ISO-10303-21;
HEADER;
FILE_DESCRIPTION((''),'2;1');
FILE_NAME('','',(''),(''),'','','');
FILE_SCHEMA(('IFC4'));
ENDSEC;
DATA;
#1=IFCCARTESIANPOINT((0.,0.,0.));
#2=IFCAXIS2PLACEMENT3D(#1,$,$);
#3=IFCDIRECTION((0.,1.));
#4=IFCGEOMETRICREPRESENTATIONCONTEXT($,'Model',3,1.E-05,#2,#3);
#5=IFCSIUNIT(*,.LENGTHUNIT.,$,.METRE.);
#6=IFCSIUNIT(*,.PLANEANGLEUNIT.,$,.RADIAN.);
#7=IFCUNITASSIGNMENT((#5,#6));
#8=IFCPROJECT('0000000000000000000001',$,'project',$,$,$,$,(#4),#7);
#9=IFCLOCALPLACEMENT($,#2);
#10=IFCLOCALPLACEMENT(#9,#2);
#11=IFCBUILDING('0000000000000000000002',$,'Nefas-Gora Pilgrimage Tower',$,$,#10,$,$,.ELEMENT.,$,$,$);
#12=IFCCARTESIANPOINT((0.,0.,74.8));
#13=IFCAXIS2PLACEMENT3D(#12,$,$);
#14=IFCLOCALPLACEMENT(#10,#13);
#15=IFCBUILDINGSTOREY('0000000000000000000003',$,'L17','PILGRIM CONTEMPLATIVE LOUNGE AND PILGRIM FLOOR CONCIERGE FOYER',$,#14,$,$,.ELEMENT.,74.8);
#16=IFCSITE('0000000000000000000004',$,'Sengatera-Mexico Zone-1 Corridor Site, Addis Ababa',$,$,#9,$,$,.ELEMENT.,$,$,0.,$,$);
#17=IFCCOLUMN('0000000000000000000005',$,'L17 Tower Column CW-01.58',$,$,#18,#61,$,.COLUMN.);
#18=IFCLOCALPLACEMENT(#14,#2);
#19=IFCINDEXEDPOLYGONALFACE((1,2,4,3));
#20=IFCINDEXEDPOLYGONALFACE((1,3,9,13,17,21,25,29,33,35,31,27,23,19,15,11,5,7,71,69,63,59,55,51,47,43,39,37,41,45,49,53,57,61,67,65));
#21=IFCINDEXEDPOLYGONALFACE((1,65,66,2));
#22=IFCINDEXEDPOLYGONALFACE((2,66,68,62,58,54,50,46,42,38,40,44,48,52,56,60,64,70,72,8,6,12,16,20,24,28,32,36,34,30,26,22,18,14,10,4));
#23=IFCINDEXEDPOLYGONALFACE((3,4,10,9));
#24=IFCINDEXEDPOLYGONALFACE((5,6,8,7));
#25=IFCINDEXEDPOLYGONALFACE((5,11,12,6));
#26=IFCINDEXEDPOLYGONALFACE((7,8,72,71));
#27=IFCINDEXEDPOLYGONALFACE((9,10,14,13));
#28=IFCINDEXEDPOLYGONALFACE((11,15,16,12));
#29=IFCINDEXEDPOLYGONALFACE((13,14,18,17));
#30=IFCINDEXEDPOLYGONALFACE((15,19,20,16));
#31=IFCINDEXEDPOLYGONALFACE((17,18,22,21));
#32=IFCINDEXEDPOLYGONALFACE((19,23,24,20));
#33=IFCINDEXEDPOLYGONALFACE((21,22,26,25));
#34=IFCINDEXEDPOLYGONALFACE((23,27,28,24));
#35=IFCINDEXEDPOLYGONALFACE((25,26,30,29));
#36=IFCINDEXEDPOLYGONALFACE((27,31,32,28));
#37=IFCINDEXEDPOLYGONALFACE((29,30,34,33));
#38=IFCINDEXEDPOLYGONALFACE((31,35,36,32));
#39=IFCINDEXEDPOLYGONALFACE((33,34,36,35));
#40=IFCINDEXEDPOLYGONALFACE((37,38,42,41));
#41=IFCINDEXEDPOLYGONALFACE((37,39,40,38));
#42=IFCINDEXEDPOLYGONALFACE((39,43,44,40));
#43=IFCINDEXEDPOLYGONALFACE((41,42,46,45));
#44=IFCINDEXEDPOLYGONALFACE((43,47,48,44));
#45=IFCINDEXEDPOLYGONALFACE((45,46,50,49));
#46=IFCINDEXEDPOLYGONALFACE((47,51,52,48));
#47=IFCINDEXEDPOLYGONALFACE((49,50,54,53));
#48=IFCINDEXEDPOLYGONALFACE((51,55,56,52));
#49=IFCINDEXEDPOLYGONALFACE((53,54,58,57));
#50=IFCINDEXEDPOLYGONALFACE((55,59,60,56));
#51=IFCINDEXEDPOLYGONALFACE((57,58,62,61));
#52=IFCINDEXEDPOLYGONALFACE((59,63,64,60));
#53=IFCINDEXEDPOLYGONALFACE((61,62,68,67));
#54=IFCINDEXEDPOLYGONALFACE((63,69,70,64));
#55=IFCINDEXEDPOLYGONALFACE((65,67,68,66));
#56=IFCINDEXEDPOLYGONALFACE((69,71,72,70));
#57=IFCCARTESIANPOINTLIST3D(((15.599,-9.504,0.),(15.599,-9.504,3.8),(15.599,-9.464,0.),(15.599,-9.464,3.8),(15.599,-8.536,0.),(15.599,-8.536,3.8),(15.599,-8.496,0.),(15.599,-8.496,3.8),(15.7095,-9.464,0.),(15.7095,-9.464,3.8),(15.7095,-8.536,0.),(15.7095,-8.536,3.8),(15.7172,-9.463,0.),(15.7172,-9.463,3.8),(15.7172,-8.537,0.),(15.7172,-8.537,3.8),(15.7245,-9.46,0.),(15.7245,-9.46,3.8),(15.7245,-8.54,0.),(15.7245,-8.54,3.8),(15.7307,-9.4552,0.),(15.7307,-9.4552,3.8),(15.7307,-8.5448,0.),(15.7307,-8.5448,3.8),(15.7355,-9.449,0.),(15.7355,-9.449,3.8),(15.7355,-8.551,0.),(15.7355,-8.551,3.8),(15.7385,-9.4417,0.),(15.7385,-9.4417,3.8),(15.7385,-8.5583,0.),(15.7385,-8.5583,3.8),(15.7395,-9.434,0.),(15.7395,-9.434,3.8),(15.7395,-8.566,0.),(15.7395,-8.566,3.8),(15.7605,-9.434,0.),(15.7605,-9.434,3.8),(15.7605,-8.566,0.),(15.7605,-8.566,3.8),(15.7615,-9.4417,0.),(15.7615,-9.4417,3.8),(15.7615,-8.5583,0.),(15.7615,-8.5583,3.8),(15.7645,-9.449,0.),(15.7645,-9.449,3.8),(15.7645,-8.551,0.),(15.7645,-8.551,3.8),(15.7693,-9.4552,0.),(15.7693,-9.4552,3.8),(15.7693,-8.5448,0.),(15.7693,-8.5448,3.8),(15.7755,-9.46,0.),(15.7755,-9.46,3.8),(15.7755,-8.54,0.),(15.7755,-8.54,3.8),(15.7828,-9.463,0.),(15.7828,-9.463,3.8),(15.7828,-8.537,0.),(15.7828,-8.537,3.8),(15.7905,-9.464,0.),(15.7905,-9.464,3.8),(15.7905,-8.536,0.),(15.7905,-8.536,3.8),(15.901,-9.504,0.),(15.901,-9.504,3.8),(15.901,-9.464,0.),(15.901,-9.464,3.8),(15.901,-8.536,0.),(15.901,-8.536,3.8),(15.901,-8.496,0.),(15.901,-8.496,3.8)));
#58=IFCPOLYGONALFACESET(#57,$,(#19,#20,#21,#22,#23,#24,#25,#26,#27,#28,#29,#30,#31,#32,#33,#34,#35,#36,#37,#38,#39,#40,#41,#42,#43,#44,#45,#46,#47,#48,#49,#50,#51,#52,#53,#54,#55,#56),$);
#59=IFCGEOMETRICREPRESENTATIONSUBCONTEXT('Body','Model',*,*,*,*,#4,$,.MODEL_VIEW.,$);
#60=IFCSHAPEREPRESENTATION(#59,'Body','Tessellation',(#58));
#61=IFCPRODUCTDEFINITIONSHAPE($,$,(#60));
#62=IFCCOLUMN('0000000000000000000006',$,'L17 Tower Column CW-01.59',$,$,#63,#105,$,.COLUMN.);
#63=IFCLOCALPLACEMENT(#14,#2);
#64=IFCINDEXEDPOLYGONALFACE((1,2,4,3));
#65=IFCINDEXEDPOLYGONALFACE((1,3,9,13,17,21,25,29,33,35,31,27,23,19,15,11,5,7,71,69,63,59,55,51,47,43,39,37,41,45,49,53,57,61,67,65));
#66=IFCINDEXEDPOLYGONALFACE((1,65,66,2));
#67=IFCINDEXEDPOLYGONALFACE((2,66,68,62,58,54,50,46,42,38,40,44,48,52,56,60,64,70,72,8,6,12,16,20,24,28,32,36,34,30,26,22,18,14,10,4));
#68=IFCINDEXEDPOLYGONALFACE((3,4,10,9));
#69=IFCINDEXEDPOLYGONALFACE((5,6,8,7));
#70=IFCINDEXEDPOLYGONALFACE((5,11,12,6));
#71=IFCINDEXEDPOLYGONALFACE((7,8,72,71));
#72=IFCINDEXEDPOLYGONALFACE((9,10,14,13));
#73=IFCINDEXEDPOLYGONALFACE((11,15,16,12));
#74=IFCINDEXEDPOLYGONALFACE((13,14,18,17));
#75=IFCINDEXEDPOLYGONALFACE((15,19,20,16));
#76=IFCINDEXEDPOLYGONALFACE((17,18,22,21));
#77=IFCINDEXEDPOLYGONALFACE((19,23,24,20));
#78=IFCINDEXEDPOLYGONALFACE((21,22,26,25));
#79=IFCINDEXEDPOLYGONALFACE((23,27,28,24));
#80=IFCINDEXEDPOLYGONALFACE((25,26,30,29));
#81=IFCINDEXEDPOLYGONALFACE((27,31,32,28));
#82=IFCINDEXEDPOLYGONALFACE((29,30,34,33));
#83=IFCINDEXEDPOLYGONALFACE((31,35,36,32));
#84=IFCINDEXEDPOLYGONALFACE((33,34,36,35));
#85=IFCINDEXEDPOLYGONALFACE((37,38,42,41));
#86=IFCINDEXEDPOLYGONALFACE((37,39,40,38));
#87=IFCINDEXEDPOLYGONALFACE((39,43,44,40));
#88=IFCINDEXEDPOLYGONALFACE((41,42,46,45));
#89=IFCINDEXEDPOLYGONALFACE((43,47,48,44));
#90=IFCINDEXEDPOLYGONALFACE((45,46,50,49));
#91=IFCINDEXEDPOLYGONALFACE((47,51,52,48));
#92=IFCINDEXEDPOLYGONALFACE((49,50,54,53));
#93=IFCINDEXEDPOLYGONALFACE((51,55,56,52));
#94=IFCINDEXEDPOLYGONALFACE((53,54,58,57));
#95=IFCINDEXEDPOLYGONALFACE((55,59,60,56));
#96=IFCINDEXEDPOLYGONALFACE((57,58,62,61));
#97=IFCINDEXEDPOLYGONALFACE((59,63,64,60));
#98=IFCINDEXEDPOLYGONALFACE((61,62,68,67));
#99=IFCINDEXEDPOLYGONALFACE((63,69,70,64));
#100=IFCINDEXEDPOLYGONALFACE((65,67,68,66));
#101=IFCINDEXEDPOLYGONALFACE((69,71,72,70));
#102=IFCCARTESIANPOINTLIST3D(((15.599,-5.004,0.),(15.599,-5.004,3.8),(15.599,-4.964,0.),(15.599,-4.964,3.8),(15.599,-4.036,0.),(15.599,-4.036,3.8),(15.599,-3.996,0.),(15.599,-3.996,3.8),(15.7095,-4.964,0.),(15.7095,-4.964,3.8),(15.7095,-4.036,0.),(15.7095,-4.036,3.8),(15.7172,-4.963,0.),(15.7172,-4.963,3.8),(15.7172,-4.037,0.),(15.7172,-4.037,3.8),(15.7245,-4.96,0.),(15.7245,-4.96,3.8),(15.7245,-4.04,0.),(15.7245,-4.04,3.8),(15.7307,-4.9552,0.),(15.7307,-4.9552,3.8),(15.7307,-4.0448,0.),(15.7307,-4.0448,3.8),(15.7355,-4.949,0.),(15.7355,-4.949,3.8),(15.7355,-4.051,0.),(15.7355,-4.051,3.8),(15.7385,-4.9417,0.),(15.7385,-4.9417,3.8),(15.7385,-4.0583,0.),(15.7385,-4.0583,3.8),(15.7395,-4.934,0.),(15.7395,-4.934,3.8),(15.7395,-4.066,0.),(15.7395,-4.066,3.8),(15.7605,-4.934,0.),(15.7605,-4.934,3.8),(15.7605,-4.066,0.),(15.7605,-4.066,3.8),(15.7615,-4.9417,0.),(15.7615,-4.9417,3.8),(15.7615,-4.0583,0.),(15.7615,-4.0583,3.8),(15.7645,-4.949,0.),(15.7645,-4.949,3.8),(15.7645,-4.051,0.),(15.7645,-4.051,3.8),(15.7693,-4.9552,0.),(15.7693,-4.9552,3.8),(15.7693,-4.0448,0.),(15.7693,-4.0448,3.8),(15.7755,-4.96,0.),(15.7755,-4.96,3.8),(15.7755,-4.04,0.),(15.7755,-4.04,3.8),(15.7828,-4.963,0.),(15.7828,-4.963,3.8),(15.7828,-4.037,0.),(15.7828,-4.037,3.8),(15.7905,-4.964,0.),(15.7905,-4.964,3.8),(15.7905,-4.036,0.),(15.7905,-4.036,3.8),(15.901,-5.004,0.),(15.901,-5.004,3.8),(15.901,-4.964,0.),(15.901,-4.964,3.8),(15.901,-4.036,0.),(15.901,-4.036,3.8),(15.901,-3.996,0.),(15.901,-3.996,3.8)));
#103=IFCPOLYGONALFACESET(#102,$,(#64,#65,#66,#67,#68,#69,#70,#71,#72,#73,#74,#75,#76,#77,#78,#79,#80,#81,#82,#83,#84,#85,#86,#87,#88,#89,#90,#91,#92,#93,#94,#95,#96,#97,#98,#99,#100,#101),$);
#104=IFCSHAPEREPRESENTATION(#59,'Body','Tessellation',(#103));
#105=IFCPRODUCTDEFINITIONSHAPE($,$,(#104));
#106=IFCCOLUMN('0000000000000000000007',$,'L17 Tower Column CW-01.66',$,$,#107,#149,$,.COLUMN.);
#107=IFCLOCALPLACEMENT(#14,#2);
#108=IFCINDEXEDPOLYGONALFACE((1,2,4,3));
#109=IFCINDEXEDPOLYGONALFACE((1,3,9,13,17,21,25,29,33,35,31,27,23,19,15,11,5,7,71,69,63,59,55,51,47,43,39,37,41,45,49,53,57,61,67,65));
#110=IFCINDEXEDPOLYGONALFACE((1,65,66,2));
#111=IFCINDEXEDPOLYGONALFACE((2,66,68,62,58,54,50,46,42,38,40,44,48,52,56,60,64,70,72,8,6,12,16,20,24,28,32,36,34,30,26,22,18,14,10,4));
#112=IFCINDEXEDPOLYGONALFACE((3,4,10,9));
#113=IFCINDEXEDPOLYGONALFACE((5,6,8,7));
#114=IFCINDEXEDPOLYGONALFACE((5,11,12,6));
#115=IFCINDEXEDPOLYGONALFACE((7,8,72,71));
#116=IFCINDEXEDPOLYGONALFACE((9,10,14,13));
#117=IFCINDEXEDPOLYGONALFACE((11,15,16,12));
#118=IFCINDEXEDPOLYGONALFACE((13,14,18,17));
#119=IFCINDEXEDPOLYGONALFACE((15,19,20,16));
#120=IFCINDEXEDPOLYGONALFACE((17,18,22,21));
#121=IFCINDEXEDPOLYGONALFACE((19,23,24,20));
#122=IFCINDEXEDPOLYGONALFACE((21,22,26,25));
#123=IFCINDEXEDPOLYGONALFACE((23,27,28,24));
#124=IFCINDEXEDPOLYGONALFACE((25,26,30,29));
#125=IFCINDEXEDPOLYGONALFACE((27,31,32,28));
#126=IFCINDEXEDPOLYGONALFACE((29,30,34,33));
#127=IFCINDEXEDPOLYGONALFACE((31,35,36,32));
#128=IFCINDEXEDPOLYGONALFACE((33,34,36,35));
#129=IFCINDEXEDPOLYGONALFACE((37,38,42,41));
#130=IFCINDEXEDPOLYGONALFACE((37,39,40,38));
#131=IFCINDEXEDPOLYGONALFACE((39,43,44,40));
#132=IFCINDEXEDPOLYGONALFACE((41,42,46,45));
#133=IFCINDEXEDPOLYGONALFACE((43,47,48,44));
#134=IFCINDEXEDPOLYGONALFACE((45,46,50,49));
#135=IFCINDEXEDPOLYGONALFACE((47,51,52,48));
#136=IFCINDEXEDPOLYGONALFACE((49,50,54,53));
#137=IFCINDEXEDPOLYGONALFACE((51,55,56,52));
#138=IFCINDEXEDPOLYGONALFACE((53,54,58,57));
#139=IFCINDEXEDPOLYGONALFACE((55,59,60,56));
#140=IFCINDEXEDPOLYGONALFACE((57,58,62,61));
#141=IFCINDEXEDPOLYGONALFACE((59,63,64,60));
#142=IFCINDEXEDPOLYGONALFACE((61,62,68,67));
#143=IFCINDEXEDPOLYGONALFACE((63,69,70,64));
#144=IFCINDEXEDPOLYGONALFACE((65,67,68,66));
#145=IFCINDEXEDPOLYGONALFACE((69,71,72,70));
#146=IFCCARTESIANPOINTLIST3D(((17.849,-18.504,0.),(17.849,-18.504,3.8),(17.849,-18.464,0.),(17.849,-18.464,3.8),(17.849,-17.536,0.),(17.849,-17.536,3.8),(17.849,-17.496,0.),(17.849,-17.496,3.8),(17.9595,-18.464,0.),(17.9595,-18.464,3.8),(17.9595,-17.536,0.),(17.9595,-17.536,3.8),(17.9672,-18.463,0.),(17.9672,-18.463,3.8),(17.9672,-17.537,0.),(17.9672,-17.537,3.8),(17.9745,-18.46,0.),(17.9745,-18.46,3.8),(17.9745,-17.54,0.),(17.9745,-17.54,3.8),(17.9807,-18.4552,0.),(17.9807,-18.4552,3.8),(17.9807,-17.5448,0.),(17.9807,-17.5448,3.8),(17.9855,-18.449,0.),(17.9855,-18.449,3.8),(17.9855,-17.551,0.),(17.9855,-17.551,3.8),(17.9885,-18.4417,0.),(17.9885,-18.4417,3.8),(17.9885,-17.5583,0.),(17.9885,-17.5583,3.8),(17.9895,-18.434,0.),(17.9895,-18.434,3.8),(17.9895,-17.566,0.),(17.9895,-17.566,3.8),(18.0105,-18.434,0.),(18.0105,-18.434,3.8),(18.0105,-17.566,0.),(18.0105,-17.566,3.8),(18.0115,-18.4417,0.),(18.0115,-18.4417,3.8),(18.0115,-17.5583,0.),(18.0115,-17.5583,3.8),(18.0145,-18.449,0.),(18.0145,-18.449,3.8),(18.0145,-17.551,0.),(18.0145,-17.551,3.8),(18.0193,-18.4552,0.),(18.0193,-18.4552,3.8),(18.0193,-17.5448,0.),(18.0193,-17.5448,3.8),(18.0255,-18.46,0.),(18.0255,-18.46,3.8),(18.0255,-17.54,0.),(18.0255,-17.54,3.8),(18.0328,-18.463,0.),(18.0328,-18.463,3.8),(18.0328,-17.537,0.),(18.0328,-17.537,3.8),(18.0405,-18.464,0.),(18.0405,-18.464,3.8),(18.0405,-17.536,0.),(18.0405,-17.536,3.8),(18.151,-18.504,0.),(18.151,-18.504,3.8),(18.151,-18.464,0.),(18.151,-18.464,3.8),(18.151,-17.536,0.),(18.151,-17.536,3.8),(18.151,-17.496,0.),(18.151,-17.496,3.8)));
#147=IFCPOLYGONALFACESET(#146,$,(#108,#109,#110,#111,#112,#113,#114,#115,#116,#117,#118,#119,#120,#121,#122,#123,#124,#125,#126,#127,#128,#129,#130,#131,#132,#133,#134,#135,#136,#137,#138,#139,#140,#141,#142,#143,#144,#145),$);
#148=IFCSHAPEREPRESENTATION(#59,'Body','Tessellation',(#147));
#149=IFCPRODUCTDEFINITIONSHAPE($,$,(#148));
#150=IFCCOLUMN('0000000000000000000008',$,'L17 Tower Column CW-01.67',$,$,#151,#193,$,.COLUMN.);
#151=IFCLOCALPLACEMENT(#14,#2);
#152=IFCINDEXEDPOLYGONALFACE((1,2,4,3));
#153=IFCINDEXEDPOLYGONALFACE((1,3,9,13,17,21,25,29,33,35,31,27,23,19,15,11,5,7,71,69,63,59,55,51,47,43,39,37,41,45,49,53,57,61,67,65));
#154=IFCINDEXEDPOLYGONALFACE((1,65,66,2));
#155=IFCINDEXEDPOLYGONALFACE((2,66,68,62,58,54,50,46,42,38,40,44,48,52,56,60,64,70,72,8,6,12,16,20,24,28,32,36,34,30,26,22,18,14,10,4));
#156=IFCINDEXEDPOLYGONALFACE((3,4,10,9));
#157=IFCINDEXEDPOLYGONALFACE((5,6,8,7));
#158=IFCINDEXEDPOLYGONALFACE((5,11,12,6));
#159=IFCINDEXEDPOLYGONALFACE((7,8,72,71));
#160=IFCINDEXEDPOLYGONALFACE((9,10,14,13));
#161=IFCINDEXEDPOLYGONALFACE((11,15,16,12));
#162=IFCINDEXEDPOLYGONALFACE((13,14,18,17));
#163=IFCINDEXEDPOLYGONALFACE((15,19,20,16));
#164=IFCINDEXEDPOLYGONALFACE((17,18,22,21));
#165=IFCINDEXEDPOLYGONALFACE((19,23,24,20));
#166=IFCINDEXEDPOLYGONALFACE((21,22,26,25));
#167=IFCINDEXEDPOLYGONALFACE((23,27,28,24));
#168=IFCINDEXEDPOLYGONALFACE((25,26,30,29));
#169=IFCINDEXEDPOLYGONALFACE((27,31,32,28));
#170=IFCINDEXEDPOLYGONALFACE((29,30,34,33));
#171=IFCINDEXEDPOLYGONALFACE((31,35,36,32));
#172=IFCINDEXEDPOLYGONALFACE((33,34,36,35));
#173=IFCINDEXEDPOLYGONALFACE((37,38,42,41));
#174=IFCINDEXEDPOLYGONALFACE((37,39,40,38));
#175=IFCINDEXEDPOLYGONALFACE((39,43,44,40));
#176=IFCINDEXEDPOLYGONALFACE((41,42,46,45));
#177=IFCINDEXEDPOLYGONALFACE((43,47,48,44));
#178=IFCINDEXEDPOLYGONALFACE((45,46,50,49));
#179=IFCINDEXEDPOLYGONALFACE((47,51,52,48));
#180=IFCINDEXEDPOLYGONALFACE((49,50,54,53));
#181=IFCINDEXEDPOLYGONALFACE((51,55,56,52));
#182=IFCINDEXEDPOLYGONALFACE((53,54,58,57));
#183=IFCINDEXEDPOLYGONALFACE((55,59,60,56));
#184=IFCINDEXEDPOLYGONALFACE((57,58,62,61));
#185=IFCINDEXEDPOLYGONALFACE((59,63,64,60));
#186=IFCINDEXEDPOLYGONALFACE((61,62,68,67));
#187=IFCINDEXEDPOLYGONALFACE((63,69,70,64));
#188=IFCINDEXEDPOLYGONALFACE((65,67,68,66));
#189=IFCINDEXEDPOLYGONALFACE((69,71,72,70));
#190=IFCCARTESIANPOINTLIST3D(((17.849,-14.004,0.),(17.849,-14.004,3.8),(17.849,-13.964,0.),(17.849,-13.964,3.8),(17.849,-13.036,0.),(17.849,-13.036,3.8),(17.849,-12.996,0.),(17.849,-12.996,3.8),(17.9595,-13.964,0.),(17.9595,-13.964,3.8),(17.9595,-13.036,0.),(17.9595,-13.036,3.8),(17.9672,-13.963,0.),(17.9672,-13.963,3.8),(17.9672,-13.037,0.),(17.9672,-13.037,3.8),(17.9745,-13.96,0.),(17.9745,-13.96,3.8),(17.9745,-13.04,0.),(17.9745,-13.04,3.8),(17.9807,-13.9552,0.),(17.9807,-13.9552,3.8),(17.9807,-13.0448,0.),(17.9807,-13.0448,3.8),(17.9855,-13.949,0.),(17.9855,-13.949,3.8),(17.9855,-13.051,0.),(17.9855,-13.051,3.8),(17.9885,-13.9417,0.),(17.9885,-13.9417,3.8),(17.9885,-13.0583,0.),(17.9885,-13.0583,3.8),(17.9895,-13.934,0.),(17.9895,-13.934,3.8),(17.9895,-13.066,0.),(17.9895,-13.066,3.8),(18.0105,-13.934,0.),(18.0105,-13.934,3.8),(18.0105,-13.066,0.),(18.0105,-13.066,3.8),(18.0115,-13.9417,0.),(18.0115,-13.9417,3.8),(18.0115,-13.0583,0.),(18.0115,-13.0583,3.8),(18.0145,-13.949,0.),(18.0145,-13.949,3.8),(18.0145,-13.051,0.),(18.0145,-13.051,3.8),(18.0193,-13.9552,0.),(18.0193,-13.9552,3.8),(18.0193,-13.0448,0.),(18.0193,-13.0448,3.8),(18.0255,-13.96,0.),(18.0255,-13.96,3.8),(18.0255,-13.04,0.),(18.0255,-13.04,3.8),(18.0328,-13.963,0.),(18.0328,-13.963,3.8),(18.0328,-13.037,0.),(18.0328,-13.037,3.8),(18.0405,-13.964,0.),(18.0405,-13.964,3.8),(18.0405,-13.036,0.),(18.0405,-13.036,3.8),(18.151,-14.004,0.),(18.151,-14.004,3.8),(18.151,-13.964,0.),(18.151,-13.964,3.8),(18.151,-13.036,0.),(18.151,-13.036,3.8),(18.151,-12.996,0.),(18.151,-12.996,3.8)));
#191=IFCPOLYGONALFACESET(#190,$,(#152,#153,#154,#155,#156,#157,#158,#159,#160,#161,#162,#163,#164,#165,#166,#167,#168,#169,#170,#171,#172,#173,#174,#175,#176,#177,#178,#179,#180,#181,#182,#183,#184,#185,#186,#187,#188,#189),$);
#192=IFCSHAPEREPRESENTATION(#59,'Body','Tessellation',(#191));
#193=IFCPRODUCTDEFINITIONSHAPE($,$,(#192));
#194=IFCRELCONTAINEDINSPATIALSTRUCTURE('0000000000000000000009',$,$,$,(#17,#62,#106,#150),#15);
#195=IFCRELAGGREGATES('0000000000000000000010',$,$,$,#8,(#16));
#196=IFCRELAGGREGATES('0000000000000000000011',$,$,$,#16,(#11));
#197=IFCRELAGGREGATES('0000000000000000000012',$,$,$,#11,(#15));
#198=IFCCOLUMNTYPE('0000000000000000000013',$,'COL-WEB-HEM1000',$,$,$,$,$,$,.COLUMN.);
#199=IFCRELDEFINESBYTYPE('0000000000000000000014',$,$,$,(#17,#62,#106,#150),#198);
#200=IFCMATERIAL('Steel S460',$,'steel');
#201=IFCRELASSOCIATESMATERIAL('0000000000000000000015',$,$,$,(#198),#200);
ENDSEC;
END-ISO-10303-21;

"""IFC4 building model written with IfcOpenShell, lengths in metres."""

from ifc_helpers import new_model, si_unit, direction, frame, origin, origin_2d, place, context, subcontext, project, spatial, i_section, extrude, source, transform, mapped, material, material_profile, profile_set, type_object, element, save


model = new_model("IFC4")

# Units and contexts
model_context = context("Model", 3, precision=1e-05, world=origin(), true_north=direction((0.0, 1.0)))
body_context = subcontext(model_context, "Body", "Model", "MODEL_VIEW")
ifc_project = project(units=[si_unit("LENGTHUNIT", "METRE"), si_unit("PLANEANGLEUNIT", "RADIAN")], contexts=[model_context])

# Site, building, storey
site_placement = place(None, origin())
site = spatial("IfcSite", under=ifc_project, at=site_placement, Name="Sengatera-Mexico Zone-1 Corridor Site, Addis Ababa", CompositionType="ELEMENT", RefElevation=0.0)
building_placement = place(site_placement, origin())
building = spatial("IfcBuilding", under=site, at=building_placement, Name="Nefas-Gora Pilgrimage Tower", CompositionType="ELEMENT")
storey_placement = place(building_placement, frame((0.0, 0.0, 74.8)))
storey = spatial("IfcBuildingStorey", under=building, at=storey_placement, Name="L17", Description="PILGRIM CONTEMPLATIVE LOUNGE AND PILGRIM FLOOR CONCIERGE FOYER", CompositionType="ELEMENT", Elevation=74.8)

# Columns
ifc_material_1 = material(Name="Steel S460", Category="steel")
ifc_material_profile_1 = material_profile(ifc_material_1, i_section(OverallWidth=0.302, OverallDepth=1.0081, WebThickness=0.021, FlangeThickness=0.04, FilletRadius=0.03, at=origin_2d()), Name="HEM 1000")
ifc_profile_set_1 = profile_set([ifc_material_profile_1], Name="Steel S460")
column_type_1 = type_object("IfcColumnType", Name="COL-WEB-HEM1000", PredefinedType="COLUMN", material=ifc_profile_set_1)
shared_shape_1 = source(origin(), body_context, "Body", "SweptSolid", [
    extrude(i_section(OverallWidth=0.302, OverallDepth=1.0081, WebThickness=0.021, FlangeThickness=0.04, FilletRadius=0.03, at=origin_2d()), origin(), (0.0, 0.0, 1.0), 3.8),
])
for number, where, z_axis, x_axis, name in (
    (1, (15.75, -9.0, 0.0), (0.0, 0.0, 1.0), (1.0, 0.0, 0.0), "L17 Tower Column CW-01.58"),
    (2, (15.75, -4.5, 0.0), (0.0, 0.0, 1.0), (1.0, 0.0, 0.0), "L17 Tower Column CW-01.59"),
    (3, (18.0, -18.0, 0.0), (0.0, 0.0, 1.0), (1.0, 0.0, 0.0), "L17 Tower Column CW-01.66"),
    (4, (18.0, -13.5, 0.0), (0.0, 0.0, 1.0), (1.0, 0.0, 0.0), "L17 Tower Column CW-01.67"),
):
    element("IfcColumn", number, at=place(storey_placement, frame(where, z_axis=z_axis, x_axis=x_axis)), inside=storey, type_object=column_type_1, Name=name, PredefinedType="COLUMN", context=body_context, shape_type="MappedRepresentation", body=[
        mapped(shared_shape_1, transform((0.0, 0.0, 0.0), x_axis=(1.0, 0.0, 0.0), y_axis=(0.0, 1.0, 0.0), z_axis=(0.0, 0.0, 1.0), scale=1.0)),
    ])

save(model, "model.ifc")
